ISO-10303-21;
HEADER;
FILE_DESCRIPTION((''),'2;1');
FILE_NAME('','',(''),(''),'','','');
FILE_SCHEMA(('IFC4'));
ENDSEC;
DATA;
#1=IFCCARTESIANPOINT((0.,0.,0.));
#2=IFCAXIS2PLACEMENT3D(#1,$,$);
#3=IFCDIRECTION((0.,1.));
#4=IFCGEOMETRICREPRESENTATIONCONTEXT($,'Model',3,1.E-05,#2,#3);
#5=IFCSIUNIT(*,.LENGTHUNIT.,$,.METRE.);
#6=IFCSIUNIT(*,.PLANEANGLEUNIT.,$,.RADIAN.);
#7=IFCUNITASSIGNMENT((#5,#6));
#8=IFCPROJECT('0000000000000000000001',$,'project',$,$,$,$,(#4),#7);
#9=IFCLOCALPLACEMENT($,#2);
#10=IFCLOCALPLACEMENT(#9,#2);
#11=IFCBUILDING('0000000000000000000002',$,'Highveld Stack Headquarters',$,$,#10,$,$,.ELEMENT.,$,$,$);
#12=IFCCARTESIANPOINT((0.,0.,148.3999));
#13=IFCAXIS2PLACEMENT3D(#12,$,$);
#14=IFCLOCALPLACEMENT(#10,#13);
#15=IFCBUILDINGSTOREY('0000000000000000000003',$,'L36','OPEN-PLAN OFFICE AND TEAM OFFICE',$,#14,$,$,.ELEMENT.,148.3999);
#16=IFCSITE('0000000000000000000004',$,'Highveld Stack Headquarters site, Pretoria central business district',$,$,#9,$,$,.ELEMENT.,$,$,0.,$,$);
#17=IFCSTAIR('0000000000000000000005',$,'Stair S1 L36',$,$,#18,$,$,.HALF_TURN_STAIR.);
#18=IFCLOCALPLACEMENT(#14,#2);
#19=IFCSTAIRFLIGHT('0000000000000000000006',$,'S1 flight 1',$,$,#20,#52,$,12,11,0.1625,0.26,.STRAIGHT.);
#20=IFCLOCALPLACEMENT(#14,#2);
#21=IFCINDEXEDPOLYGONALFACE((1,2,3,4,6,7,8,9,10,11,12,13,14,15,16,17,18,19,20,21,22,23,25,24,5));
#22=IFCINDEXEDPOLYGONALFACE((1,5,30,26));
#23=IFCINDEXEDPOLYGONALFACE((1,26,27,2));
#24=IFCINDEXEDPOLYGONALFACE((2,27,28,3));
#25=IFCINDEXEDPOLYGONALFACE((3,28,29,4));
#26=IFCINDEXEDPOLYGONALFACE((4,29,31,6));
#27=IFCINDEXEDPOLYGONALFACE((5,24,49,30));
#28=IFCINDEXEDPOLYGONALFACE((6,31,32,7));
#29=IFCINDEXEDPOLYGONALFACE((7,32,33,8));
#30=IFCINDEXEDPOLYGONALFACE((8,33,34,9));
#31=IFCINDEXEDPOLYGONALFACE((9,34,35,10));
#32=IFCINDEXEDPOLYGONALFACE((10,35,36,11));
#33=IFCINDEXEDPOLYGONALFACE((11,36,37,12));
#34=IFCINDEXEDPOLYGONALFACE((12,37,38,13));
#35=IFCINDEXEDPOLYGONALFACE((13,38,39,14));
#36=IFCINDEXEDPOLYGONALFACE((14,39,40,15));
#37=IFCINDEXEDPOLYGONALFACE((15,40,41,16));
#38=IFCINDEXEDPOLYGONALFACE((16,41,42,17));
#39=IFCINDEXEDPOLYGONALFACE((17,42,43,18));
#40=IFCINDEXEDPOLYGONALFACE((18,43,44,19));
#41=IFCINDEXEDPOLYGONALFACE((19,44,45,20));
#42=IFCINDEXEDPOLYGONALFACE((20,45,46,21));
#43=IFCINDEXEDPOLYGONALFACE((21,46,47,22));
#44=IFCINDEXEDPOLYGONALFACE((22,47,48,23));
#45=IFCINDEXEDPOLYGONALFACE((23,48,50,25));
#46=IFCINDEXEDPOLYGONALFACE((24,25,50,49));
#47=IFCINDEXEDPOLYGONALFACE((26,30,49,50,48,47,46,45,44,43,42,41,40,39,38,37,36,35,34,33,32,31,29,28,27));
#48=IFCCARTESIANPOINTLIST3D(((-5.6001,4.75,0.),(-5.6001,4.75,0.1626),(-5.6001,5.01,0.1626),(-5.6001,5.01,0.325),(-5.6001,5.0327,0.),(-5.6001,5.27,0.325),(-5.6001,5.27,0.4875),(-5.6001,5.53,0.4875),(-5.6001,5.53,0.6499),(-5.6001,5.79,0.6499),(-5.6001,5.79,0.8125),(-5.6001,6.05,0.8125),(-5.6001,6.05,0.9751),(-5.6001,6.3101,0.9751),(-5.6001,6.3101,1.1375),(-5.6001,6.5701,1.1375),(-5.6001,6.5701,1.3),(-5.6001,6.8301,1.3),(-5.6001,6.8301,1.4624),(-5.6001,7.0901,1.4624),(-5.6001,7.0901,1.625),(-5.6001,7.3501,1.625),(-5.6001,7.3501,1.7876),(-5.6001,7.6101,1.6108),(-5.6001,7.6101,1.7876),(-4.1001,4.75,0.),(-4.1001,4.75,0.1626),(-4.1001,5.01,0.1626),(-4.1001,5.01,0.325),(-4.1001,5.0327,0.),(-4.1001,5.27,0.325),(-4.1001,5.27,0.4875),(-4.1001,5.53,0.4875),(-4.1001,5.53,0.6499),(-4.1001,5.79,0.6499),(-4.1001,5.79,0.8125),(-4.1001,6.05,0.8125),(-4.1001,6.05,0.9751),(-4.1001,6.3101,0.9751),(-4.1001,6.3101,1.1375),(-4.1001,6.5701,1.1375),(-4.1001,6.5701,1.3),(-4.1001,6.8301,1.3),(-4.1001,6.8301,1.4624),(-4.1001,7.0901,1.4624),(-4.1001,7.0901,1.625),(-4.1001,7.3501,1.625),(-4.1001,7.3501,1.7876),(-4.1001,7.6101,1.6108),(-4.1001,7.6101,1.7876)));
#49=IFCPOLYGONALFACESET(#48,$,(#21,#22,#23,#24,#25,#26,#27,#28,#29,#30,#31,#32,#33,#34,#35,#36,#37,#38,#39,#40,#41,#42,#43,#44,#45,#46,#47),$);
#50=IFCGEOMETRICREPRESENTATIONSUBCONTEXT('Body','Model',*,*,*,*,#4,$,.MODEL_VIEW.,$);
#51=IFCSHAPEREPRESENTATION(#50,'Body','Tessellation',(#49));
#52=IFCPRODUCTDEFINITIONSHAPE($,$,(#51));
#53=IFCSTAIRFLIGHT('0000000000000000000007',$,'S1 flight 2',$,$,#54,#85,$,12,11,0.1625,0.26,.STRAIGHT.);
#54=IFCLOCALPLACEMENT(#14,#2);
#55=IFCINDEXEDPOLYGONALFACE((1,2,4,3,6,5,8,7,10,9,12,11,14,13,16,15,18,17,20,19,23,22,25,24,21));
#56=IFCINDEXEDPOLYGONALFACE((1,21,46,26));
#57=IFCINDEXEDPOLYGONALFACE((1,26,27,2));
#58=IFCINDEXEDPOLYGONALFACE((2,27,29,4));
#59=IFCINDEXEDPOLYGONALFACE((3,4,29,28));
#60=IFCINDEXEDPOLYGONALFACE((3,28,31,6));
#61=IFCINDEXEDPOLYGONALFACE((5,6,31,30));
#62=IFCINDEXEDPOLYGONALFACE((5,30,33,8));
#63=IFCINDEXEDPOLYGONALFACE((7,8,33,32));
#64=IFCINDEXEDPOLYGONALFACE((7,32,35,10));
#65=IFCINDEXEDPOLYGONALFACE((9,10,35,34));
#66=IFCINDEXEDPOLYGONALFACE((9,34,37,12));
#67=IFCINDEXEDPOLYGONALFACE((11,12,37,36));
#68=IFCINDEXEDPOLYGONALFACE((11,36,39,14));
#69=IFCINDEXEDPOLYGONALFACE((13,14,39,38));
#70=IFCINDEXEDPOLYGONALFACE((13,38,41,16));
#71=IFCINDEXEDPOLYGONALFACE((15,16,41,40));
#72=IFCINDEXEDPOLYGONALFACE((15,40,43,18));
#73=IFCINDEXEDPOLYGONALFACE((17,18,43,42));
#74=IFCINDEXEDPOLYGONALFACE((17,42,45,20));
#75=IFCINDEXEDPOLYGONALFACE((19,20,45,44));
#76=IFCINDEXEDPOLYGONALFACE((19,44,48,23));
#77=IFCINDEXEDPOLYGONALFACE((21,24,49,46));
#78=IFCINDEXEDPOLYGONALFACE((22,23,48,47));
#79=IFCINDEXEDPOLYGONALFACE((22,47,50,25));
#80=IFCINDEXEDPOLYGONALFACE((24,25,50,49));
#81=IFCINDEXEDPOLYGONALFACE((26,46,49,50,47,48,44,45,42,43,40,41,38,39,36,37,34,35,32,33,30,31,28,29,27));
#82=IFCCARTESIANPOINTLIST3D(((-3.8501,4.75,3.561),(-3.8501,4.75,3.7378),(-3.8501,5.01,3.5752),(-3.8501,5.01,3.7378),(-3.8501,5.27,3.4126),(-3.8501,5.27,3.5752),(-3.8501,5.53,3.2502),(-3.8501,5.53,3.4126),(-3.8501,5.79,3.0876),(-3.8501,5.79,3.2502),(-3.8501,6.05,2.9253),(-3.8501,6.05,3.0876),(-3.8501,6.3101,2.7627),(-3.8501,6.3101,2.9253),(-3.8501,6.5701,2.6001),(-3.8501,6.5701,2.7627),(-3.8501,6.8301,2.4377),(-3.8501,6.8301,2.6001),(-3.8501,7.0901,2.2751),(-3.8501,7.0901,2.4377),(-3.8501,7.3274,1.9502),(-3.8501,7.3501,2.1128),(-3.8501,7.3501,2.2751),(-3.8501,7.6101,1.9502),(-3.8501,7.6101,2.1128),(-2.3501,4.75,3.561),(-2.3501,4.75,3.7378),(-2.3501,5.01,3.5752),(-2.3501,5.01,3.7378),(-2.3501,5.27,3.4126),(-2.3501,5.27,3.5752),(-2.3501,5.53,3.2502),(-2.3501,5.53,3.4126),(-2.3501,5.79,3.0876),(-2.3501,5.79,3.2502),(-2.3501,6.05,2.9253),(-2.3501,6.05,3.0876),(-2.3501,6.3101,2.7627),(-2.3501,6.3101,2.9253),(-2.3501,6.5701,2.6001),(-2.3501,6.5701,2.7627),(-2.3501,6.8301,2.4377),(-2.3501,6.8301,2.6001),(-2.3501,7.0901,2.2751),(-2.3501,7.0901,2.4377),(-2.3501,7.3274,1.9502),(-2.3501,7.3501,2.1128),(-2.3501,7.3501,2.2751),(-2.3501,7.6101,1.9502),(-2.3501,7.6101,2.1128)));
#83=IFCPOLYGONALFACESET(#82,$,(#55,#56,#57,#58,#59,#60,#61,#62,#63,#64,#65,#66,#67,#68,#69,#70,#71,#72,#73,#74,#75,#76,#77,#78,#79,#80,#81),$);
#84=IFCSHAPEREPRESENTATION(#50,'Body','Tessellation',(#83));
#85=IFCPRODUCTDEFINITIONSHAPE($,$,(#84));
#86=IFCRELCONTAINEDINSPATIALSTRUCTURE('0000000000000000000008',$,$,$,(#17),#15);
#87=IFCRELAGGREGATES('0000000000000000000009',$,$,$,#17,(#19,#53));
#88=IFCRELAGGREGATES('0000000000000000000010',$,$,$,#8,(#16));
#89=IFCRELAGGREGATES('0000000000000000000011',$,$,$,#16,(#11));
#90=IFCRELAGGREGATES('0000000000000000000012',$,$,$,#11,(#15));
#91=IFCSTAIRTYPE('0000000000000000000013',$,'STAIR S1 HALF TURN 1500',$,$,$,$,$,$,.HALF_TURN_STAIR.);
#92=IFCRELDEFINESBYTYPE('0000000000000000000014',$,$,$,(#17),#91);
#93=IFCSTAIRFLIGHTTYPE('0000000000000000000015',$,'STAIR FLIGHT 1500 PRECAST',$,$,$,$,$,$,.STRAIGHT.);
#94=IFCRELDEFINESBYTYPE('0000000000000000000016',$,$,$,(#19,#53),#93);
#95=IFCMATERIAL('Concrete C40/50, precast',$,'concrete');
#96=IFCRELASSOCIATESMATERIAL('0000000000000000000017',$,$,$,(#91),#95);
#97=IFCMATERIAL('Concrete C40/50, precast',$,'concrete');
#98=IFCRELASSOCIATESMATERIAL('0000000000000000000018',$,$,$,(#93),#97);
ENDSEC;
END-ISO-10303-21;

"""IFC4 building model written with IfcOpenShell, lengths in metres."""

from ifc_helpers import new_model, si_unit, direction, frame, origin, place, context, subcontext, project, spatial, polyline, outline, extrude, material, type_object, element, aggregate, save


model = new_model("IFC4")

# Units and contexts
model_context = context("Model", 3, precision=1e-05, world=origin(), true_north=direction((0.0, 1.0)))
body_context = subcontext(model_context, "Body", "Model", "MODEL_VIEW")
ifc_project = project(units=[si_unit("LENGTHUNIT", "METRE"), si_unit("PLANEANGLEUNIT", "RADIAN")], contexts=[model_context])

# Site, building, storey
site_placement = place(None, origin())
site = spatial("IfcSite", under=ifc_project, at=site_placement, Name="Highveld Stack Headquarters site, Pretoria central business district", CompositionType="ELEMENT", RefElevation=0.0)
building_placement = place(site_placement, origin())
building = spatial("IfcBuilding", under=site, at=building_placement, Name="Highveld Stack Headquarters", CompositionType="ELEMENT")
storey_placement = place(building_placement, frame((0.0, 0.0, 148.3999)))
storey = spatial("IfcBuildingStorey", under=building, at=storey_placement, Name="L36", Description="OPEN-PLAN OFFICE AND TEAM OFFICE", CompositionType="ELEMENT", Elevation=148.3999)

# Stair, stair flights
ifc_material_1 = material(Name="Concrete C40/50, precast", Category="concrete")
stair_type_1 = type_object("IfcStairType", Name="STAIR S1 HALF TURN 1500", PredefinedType="HALF_TURN_STAIR", material=ifc_material_1)
stair_1_placement = place(storey_placement, origin())
stair_1 = element("IfcStair", 1, at=stair_1_placement, inside=storey, type_object=stair_type_1, Name="Stair S1 L36", PredefinedType="HALF_TURN_STAIR")
ifc_material_2 = material(Name="Concrete C40/50, precast", Category="concrete")
stair_flight_type = type_object("IfcStairFlightType", Name="STAIR FLIGHT 1500 PRECAST", PredefinedType="STRAIGHT", material=ifc_material_2)
stair_flight_1_placement = place(storey_placement, frame((-4.8501, 4.75, 0.0), z_axis=(0.0, 0.0, 1.0), x_axis=(0.0, 1.0, 0.0)))
stair_flight_1 = element("IfcStairFlight", 2, at=stair_flight_1_placement, type_object=stair_flight_type, Name="S1 flight 1", NumberOfRisers=12, NumberOfTreads=11, PredefinedType="STRAIGHT", RiserHeight=0.1625, TreadLength=0.26, context=body_context, shape_type="SweptSolid", body=[
    extrude(outline(polyline([(0.0, 0.0), (0.0, 0.1626), (0.26, 0.1626), (0.26, 0.325), (0.52, 0.325), (0.52, 0.4875), (0.78, 0.4875), (0.78, 0.6499), (1.04, 0.6499), (1.04, 0.8125), (1.3, 0.8125), (1.3, 0.9751), (1.5601, 0.9751), (1.5601, 1.1375), (1.8201, 1.1375), (1.8201, 1.3), (2.0801, 1.3), (2.0801, 1.4624), (2.3401, 1.4624), (2.3401, 1.625), (2.6001, 1.625), (2.6001, 1.7876), (2.8601, 1.7876), (2.8601, 1.95), (2.8601, 1.6108), (0.2827, 0.0), (0.0, 0.0)])), frame((0.0, 0.75, 0.0), z_axis=(0.0, -1.0, 0.0), x_axis=(1.0, 0.0, 0.0)), (0.0, 0.0, 1.0), 1.5),
])
stair_flight_2_placement = place(storey_placement, frame((-3.1001, 7.6101, 1.9502), z_axis=(0.0, 0.0, 1.0), x_axis=(0.0, -1.0, 0.0)))
stair_flight_2 = element("IfcStairFlight", 3, at=stair_flight_2_placement, type_object=stair_flight_type, Name="S1 flight 2", NumberOfRisers=12, NumberOfTreads=11, PredefinedType="STRAIGHT", RiserHeight=0.1625, TreadLength=0.26, context=body_context, shape_type="SweptSolid", body=[
    extrude(outline(polyline([(0.0, 0.0), (0.0, 0.1626), (0.26, 0.1626), (0.26, 0.325), (0.52, 0.325), (0.52, 0.4875), (0.78, 0.4875), (0.78, 0.6499), (1.04, 0.6499), (1.04, 0.8125), (1.3, 0.8125), (1.3, 0.9751), (1.5601, 0.9751), (1.5601, 1.1375), (1.8201, 1.1375), (1.8201, 1.3), (2.0801, 1.3), (2.0801, 1.4624), (2.3401, 1.4624), (2.3401, 1.625), (2.6001, 1.625), (2.6001, 1.7876), (2.8601, 1.7876), (2.8601, 1.95), (2.8601, 1.6108), (0.2827, 0.0), (0.0, 0.0)])), frame((0.0, 0.75, 0.0), z_axis=(0.0, -1.0, 0.0), x_axis=(1.0, 0.0, 0.0)), (0.0, 0.0, 1.0), 1.5),
])
aggregate(stair_1, [stair_flight_1, stair_flight_2])

save(model, "model.ifc")
